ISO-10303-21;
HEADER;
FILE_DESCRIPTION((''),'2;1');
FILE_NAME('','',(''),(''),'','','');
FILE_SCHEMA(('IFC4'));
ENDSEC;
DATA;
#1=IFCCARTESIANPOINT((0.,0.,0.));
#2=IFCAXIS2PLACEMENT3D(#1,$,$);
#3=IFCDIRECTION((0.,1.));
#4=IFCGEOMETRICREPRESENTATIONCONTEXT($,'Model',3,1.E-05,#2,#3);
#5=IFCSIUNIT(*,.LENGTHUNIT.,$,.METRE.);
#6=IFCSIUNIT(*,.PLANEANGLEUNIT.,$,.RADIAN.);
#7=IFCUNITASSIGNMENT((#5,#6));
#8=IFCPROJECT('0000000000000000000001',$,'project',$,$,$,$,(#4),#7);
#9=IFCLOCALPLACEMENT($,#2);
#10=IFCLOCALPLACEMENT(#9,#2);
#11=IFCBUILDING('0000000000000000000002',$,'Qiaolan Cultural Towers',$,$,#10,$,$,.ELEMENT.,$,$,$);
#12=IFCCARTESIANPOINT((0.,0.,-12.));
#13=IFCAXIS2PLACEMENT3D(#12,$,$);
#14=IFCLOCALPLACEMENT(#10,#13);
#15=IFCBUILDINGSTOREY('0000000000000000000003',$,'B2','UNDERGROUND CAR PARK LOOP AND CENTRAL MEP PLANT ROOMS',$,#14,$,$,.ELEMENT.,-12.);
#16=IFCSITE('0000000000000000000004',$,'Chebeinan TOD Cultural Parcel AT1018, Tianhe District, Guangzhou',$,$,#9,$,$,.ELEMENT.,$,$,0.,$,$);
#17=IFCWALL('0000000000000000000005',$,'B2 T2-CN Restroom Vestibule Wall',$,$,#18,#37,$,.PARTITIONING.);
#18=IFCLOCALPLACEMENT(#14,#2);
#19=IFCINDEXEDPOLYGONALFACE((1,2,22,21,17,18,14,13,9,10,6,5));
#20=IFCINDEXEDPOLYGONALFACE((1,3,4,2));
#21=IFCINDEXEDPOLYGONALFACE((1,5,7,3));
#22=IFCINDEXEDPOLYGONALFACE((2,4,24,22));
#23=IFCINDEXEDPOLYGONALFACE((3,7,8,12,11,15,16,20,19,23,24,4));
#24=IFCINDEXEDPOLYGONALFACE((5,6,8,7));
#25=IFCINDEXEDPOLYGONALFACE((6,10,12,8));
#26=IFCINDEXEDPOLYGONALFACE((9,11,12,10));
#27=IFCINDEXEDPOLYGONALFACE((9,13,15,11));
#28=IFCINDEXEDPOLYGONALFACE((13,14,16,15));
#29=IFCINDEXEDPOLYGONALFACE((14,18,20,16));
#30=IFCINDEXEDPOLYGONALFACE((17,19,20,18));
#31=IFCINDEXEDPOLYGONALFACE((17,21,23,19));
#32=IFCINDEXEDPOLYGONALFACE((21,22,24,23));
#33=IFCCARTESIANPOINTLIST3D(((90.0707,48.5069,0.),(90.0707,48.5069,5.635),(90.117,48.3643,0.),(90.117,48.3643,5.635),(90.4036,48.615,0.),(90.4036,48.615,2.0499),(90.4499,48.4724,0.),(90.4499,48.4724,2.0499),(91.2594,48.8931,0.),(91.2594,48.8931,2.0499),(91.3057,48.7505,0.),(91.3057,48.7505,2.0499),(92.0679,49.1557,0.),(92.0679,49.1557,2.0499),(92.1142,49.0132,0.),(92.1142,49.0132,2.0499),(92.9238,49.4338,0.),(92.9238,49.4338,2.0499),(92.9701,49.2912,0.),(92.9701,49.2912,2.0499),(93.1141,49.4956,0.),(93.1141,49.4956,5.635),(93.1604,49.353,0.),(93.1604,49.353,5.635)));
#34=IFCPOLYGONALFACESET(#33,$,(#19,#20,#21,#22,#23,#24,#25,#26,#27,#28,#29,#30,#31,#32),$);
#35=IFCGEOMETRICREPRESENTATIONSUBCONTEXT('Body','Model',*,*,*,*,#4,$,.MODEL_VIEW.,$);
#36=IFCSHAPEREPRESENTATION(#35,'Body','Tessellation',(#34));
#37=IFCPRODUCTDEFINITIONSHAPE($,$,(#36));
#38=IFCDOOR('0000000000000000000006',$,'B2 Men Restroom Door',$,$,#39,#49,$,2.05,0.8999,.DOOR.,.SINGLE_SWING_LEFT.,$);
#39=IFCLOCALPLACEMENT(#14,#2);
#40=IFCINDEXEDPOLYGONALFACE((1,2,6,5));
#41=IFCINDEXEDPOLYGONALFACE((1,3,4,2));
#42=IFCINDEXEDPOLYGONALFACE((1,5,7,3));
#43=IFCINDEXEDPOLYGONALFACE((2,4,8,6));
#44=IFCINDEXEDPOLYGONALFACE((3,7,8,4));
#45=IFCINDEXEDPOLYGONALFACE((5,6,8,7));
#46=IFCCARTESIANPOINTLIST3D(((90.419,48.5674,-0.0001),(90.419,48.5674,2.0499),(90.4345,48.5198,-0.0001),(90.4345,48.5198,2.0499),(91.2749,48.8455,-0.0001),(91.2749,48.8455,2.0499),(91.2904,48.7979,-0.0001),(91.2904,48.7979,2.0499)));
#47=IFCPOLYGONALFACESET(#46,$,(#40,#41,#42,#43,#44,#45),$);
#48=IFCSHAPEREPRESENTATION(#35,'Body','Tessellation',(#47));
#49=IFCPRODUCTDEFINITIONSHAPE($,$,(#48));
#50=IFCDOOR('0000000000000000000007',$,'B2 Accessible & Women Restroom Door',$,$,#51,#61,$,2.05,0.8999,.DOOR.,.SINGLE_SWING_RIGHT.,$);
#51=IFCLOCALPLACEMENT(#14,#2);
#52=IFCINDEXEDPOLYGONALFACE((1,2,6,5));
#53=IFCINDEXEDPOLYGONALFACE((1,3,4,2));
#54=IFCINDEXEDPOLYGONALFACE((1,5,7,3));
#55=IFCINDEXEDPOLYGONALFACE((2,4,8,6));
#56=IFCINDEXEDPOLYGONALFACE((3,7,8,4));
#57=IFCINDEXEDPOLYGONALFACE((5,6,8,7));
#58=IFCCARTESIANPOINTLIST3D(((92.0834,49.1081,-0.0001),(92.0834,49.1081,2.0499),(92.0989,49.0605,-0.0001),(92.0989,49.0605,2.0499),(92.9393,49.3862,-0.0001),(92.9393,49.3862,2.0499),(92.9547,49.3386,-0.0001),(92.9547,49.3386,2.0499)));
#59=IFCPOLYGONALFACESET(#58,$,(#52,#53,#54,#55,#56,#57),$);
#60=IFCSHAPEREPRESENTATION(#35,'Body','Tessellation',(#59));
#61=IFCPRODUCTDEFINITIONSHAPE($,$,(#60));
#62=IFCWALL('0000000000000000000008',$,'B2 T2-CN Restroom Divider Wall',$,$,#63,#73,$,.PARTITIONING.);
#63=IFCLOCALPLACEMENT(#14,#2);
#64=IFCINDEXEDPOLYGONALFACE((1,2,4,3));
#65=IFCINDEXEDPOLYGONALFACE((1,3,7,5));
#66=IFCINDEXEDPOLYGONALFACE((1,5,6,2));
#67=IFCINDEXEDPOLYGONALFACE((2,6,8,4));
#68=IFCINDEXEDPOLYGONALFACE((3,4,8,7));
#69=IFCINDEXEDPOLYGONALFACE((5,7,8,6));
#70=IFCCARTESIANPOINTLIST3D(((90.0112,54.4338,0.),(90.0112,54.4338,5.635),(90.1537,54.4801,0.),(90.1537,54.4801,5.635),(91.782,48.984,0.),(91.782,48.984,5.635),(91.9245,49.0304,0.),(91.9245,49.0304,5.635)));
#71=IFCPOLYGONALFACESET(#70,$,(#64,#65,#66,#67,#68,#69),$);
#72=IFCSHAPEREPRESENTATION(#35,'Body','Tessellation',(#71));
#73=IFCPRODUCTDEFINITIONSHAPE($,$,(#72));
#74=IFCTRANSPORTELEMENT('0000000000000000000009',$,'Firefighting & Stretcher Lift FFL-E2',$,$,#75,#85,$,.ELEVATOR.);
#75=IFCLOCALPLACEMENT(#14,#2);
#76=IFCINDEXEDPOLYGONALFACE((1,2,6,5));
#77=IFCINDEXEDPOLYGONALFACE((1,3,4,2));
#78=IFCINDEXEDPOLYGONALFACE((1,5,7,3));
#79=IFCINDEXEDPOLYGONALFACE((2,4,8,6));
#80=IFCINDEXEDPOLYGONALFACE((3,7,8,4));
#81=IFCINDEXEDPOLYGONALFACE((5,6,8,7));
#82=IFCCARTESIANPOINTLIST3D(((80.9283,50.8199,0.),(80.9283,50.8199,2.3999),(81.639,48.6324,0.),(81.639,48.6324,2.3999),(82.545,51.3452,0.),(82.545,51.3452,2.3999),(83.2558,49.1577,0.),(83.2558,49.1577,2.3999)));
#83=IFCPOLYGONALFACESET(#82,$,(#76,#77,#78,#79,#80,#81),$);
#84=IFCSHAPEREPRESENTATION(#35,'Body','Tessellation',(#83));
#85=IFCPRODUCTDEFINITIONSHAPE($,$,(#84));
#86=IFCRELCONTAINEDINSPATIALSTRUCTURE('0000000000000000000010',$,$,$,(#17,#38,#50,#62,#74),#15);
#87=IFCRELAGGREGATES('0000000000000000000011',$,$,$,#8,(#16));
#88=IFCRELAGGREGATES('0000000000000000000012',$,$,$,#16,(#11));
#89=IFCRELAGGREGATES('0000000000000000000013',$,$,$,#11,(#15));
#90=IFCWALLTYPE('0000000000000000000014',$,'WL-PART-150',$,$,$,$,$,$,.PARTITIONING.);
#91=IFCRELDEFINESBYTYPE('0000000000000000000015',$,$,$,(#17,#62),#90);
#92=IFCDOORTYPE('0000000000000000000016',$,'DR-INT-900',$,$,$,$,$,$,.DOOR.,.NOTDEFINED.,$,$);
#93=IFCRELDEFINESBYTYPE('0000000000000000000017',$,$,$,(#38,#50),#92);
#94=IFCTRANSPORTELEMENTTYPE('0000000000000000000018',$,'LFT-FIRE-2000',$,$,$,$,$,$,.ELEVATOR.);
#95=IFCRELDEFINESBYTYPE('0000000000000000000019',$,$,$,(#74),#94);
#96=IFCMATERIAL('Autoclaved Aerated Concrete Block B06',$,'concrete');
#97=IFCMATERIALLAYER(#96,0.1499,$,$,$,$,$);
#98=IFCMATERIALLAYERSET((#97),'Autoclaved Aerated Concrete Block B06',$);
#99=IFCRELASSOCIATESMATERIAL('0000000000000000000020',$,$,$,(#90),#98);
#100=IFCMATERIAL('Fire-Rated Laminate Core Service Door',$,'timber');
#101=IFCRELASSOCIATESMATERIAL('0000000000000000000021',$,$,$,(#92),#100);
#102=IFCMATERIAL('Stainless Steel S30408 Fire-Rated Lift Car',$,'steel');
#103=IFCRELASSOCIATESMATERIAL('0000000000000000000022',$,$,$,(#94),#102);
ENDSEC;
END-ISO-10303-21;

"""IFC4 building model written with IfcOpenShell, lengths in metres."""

from ifc_helpers import new_model, si_unit, direction, frame, frame_2d, origin, origin_2d, place, context, subcontext, project, spatial, rectangle, extrude, material, layer, layer_set, type_object, element, fill, save


model = new_model("IFC4")

# Units and contexts
model_context = context("Model", 3, precision=1e-05, world=origin(), true_north=direction((0.0, 1.0)))
body_context = subcontext(model_context, "Body", "Model", "MODEL_VIEW")
ifc_project = project(units=[si_unit("LENGTHUNIT", "METRE"), si_unit("PLANEANGLEUNIT", "RADIAN")], contexts=[model_context])

# Site, building, storey
site_placement = place(None, origin())
site = spatial("IfcSite", under=ifc_project, at=site_placement, Name="Chebeinan TOD Cultural Parcel AT1018, Tianhe District, Guangzhou", CompositionType="ELEMENT", RefElevation=0.0)
building_placement = place(site_placement, origin())
building = spatial("IfcBuilding", under=site, at=building_placement, Name="Qiaolan Cultural Towers", CompositionType="ELEMENT")
storey_placement = place(building_placement, frame((0.0, 0.0, -12.0)))
storey = spatial("IfcBuildingStorey", under=building, at=storey_placement, Name="B2", Description="UNDERGROUND CAR PARK LOOP AND CENTRAL MEP PLANT ROOMS", CompositionType="ELEMENT", Elevation=-12.0)

# Wall, openings, doors
ifc_material_1 = material(Name="Autoclaved Aerated Concrete Block B06", Category="concrete")
ifc_layer_1 = layer(ifc_material_1, 0.1499)
ifc_layer_set_1 = layer_set([ifc_layer_1], Name="Autoclaved Aerated Concrete Block B06")
wall_type_1 = type_object("IfcWallType", Name="WL-PART-150", PredefinedType="PARTITIONING", material=ifc_layer_set_1)
wall_1_placement = place(storey_placement, frame((90.0938, 48.4355, 0.0), z_axis=(0.0, 0.0, 1.0), x_axis=(0.951067, 0.308986, 0.0)))
wall_1 = element("IfcWall", 1, at=wall_1_placement, inside=storey, type_object=wall_type_1, Name="B2 T2-CN Restroom Vestibule Wall", PredefinedType="PARTITIONING", context=body_context, shape_type="SweptSolid", body=[
    extrude(rectangle(XDim=3.2, YDim=0.1499, at=frame_2d((1.6001, 0.0))), origin(), (0.0, 0.0, 1.0), 5.635),
])
opening_1_placement = place(wall_1_placement, frame((0.3501, 0.0, 0.0)))
opening_1 = element("IfcOpeningElement", 2, at=opening_1_placement, cuts=wall_1, PredefinedType="OPENING", context=body_context, shape_type="SweptSolid", body=[
    extrude(rectangle(XDim=0.8999, YDim=2.05, at=frame_2d((0.45, 1.0249))), frame((0.0, 0.085, 0.0), z_axis=(0.0, -1.0, 0.0), x_axis=(1.0, 0.0, 0.0)), (0.0, 0.0, 1.0), 0.1699),
])
opening_2_placement = place(wall_1_placement, frame((2.1001, 0.0, 0.0)))
opening_2 = element("IfcOpeningElement", 3, at=opening_2_placement, cuts=wall_1, PredefinedType="OPENING", context=body_context, shape_type="SweptSolid", body=[
    extrude(rectangle(XDim=0.8999, YDim=2.05, at=frame_2d((0.45, 1.0249))), frame((0.0, 0.085, 0.0), z_axis=(0.0, -1.0, 0.0), x_axis=(1.0, 0.0, 0.0)), (0.0, 0.0, 1.0), 0.1699),
])
ifc_material_2 = material(Name="Fire-Rated Laminate Core Service Door", Category="timber")
door_type = type_object("IfcDoorType", Name="DR-INT-900", OperationType="NOTDEFINED", PredefinedType="DOOR", material=ifc_material_2)
door_1_placement = place(opening_1_placement, origin())
door_1 = element("IfcDoor", 4, at=door_1_placement, inside=storey, type_object=door_type, Name="B2 Men Restroom Door", OperationType="SINGLE_SWING_LEFT", OverallHeight=2.05, OverallWidth=0.8999, PredefinedType="DOOR", context=body_context, shape_type="SweptSolid", body=[
    extrude(rectangle(XDim=0.8999, YDim=2.05, at=frame_2d((0.45, 1.0249))), frame((0.0, 0.0249, 0.0), z_axis=(0.0, -1.0, 0.0), x_axis=(1.0, 0.0, 0.0)), (0.0, 0.0, 1.0), 0.05),
])
fill(opening_1, door_1)
door_2_placement = place(opening_2_placement, origin())
door_2 = element("IfcDoor", 5, at=door_2_placement, inside=storey, type_object=door_type, Name="B2 Accessible & Women Restroom Door", OperationType="SINGLE_SWING_RIGHT", OverallHeight=2.05, OverallWidth=0.8999, PredefinedType="DOOR", context=body_context, shape_type="SweptSolid", body=[
    extrude(rectangle(XDim=0.8999, YDim=2.05, at=frame_2d((0.45, 1.0249))), frame((0.0, 0.0249, 0.0), z_axis=(0.0, -1.0, 0.0), x_axis=(1.0, 0.0, 0.0)), (0.0, 0.0, 1.0), 0.05),
])
fill(opening_2, door_2)

# Wall
wall_2_placement = place(storey_placement, frame((91.8533, 49.0071, 0.0), z_axis=(0.0, 0.0, 1.0), x_axis=(-0.309022, 0.951055, 0.0)))
element("IfcWall", 6, at=wall_2_placement, inside=storey, type_object=wall_type_1, Name="B2 T2-CN Restroom Divider Wall", PredefinedType="PARTITIONING", context=body_context, shape_type="SweptSolid", body=[
    extrude(rectangle(XDim=5.7302, YDim=0.1499, at=frame_2d((2.8652, 0.0))), origin(), (0.0, 0.0, 1.0), 5.635),
])

# Transport element
ifc_material_3 = material(Name="Stainless Steel S30408 Fire-Rated Lift Car", Category="steel")
transport_element_type = type_object("IfcTransportElementType", Name="LFT-FIRE-2000", PredefinedType="ELEVATOR", material=ifc_material_3)
transport_element_placement = place(storey_placement, frame((82.092, 49.9888, 0.0), z_axis=(0.0, 0.0, 1.0), x_axis=(0.951057, 0.309017, 0.0)))
element("IfcTransportElement", 7, at=transport_element_placement, inside=storey, type_object=transport_element_type, Name="Firefighting & Stretcher Lift FFL-E2", PredefinedType="ELEVATOR", context=body_context, shape_type="SweptSolid", body=[
    extrude(rectangle(XDim=1.7, YDim=2.3, at=origin_2d()), origin(), (0.0, 0.0, 1.0), 2.3999),
])

save(model, "model.ifc")
